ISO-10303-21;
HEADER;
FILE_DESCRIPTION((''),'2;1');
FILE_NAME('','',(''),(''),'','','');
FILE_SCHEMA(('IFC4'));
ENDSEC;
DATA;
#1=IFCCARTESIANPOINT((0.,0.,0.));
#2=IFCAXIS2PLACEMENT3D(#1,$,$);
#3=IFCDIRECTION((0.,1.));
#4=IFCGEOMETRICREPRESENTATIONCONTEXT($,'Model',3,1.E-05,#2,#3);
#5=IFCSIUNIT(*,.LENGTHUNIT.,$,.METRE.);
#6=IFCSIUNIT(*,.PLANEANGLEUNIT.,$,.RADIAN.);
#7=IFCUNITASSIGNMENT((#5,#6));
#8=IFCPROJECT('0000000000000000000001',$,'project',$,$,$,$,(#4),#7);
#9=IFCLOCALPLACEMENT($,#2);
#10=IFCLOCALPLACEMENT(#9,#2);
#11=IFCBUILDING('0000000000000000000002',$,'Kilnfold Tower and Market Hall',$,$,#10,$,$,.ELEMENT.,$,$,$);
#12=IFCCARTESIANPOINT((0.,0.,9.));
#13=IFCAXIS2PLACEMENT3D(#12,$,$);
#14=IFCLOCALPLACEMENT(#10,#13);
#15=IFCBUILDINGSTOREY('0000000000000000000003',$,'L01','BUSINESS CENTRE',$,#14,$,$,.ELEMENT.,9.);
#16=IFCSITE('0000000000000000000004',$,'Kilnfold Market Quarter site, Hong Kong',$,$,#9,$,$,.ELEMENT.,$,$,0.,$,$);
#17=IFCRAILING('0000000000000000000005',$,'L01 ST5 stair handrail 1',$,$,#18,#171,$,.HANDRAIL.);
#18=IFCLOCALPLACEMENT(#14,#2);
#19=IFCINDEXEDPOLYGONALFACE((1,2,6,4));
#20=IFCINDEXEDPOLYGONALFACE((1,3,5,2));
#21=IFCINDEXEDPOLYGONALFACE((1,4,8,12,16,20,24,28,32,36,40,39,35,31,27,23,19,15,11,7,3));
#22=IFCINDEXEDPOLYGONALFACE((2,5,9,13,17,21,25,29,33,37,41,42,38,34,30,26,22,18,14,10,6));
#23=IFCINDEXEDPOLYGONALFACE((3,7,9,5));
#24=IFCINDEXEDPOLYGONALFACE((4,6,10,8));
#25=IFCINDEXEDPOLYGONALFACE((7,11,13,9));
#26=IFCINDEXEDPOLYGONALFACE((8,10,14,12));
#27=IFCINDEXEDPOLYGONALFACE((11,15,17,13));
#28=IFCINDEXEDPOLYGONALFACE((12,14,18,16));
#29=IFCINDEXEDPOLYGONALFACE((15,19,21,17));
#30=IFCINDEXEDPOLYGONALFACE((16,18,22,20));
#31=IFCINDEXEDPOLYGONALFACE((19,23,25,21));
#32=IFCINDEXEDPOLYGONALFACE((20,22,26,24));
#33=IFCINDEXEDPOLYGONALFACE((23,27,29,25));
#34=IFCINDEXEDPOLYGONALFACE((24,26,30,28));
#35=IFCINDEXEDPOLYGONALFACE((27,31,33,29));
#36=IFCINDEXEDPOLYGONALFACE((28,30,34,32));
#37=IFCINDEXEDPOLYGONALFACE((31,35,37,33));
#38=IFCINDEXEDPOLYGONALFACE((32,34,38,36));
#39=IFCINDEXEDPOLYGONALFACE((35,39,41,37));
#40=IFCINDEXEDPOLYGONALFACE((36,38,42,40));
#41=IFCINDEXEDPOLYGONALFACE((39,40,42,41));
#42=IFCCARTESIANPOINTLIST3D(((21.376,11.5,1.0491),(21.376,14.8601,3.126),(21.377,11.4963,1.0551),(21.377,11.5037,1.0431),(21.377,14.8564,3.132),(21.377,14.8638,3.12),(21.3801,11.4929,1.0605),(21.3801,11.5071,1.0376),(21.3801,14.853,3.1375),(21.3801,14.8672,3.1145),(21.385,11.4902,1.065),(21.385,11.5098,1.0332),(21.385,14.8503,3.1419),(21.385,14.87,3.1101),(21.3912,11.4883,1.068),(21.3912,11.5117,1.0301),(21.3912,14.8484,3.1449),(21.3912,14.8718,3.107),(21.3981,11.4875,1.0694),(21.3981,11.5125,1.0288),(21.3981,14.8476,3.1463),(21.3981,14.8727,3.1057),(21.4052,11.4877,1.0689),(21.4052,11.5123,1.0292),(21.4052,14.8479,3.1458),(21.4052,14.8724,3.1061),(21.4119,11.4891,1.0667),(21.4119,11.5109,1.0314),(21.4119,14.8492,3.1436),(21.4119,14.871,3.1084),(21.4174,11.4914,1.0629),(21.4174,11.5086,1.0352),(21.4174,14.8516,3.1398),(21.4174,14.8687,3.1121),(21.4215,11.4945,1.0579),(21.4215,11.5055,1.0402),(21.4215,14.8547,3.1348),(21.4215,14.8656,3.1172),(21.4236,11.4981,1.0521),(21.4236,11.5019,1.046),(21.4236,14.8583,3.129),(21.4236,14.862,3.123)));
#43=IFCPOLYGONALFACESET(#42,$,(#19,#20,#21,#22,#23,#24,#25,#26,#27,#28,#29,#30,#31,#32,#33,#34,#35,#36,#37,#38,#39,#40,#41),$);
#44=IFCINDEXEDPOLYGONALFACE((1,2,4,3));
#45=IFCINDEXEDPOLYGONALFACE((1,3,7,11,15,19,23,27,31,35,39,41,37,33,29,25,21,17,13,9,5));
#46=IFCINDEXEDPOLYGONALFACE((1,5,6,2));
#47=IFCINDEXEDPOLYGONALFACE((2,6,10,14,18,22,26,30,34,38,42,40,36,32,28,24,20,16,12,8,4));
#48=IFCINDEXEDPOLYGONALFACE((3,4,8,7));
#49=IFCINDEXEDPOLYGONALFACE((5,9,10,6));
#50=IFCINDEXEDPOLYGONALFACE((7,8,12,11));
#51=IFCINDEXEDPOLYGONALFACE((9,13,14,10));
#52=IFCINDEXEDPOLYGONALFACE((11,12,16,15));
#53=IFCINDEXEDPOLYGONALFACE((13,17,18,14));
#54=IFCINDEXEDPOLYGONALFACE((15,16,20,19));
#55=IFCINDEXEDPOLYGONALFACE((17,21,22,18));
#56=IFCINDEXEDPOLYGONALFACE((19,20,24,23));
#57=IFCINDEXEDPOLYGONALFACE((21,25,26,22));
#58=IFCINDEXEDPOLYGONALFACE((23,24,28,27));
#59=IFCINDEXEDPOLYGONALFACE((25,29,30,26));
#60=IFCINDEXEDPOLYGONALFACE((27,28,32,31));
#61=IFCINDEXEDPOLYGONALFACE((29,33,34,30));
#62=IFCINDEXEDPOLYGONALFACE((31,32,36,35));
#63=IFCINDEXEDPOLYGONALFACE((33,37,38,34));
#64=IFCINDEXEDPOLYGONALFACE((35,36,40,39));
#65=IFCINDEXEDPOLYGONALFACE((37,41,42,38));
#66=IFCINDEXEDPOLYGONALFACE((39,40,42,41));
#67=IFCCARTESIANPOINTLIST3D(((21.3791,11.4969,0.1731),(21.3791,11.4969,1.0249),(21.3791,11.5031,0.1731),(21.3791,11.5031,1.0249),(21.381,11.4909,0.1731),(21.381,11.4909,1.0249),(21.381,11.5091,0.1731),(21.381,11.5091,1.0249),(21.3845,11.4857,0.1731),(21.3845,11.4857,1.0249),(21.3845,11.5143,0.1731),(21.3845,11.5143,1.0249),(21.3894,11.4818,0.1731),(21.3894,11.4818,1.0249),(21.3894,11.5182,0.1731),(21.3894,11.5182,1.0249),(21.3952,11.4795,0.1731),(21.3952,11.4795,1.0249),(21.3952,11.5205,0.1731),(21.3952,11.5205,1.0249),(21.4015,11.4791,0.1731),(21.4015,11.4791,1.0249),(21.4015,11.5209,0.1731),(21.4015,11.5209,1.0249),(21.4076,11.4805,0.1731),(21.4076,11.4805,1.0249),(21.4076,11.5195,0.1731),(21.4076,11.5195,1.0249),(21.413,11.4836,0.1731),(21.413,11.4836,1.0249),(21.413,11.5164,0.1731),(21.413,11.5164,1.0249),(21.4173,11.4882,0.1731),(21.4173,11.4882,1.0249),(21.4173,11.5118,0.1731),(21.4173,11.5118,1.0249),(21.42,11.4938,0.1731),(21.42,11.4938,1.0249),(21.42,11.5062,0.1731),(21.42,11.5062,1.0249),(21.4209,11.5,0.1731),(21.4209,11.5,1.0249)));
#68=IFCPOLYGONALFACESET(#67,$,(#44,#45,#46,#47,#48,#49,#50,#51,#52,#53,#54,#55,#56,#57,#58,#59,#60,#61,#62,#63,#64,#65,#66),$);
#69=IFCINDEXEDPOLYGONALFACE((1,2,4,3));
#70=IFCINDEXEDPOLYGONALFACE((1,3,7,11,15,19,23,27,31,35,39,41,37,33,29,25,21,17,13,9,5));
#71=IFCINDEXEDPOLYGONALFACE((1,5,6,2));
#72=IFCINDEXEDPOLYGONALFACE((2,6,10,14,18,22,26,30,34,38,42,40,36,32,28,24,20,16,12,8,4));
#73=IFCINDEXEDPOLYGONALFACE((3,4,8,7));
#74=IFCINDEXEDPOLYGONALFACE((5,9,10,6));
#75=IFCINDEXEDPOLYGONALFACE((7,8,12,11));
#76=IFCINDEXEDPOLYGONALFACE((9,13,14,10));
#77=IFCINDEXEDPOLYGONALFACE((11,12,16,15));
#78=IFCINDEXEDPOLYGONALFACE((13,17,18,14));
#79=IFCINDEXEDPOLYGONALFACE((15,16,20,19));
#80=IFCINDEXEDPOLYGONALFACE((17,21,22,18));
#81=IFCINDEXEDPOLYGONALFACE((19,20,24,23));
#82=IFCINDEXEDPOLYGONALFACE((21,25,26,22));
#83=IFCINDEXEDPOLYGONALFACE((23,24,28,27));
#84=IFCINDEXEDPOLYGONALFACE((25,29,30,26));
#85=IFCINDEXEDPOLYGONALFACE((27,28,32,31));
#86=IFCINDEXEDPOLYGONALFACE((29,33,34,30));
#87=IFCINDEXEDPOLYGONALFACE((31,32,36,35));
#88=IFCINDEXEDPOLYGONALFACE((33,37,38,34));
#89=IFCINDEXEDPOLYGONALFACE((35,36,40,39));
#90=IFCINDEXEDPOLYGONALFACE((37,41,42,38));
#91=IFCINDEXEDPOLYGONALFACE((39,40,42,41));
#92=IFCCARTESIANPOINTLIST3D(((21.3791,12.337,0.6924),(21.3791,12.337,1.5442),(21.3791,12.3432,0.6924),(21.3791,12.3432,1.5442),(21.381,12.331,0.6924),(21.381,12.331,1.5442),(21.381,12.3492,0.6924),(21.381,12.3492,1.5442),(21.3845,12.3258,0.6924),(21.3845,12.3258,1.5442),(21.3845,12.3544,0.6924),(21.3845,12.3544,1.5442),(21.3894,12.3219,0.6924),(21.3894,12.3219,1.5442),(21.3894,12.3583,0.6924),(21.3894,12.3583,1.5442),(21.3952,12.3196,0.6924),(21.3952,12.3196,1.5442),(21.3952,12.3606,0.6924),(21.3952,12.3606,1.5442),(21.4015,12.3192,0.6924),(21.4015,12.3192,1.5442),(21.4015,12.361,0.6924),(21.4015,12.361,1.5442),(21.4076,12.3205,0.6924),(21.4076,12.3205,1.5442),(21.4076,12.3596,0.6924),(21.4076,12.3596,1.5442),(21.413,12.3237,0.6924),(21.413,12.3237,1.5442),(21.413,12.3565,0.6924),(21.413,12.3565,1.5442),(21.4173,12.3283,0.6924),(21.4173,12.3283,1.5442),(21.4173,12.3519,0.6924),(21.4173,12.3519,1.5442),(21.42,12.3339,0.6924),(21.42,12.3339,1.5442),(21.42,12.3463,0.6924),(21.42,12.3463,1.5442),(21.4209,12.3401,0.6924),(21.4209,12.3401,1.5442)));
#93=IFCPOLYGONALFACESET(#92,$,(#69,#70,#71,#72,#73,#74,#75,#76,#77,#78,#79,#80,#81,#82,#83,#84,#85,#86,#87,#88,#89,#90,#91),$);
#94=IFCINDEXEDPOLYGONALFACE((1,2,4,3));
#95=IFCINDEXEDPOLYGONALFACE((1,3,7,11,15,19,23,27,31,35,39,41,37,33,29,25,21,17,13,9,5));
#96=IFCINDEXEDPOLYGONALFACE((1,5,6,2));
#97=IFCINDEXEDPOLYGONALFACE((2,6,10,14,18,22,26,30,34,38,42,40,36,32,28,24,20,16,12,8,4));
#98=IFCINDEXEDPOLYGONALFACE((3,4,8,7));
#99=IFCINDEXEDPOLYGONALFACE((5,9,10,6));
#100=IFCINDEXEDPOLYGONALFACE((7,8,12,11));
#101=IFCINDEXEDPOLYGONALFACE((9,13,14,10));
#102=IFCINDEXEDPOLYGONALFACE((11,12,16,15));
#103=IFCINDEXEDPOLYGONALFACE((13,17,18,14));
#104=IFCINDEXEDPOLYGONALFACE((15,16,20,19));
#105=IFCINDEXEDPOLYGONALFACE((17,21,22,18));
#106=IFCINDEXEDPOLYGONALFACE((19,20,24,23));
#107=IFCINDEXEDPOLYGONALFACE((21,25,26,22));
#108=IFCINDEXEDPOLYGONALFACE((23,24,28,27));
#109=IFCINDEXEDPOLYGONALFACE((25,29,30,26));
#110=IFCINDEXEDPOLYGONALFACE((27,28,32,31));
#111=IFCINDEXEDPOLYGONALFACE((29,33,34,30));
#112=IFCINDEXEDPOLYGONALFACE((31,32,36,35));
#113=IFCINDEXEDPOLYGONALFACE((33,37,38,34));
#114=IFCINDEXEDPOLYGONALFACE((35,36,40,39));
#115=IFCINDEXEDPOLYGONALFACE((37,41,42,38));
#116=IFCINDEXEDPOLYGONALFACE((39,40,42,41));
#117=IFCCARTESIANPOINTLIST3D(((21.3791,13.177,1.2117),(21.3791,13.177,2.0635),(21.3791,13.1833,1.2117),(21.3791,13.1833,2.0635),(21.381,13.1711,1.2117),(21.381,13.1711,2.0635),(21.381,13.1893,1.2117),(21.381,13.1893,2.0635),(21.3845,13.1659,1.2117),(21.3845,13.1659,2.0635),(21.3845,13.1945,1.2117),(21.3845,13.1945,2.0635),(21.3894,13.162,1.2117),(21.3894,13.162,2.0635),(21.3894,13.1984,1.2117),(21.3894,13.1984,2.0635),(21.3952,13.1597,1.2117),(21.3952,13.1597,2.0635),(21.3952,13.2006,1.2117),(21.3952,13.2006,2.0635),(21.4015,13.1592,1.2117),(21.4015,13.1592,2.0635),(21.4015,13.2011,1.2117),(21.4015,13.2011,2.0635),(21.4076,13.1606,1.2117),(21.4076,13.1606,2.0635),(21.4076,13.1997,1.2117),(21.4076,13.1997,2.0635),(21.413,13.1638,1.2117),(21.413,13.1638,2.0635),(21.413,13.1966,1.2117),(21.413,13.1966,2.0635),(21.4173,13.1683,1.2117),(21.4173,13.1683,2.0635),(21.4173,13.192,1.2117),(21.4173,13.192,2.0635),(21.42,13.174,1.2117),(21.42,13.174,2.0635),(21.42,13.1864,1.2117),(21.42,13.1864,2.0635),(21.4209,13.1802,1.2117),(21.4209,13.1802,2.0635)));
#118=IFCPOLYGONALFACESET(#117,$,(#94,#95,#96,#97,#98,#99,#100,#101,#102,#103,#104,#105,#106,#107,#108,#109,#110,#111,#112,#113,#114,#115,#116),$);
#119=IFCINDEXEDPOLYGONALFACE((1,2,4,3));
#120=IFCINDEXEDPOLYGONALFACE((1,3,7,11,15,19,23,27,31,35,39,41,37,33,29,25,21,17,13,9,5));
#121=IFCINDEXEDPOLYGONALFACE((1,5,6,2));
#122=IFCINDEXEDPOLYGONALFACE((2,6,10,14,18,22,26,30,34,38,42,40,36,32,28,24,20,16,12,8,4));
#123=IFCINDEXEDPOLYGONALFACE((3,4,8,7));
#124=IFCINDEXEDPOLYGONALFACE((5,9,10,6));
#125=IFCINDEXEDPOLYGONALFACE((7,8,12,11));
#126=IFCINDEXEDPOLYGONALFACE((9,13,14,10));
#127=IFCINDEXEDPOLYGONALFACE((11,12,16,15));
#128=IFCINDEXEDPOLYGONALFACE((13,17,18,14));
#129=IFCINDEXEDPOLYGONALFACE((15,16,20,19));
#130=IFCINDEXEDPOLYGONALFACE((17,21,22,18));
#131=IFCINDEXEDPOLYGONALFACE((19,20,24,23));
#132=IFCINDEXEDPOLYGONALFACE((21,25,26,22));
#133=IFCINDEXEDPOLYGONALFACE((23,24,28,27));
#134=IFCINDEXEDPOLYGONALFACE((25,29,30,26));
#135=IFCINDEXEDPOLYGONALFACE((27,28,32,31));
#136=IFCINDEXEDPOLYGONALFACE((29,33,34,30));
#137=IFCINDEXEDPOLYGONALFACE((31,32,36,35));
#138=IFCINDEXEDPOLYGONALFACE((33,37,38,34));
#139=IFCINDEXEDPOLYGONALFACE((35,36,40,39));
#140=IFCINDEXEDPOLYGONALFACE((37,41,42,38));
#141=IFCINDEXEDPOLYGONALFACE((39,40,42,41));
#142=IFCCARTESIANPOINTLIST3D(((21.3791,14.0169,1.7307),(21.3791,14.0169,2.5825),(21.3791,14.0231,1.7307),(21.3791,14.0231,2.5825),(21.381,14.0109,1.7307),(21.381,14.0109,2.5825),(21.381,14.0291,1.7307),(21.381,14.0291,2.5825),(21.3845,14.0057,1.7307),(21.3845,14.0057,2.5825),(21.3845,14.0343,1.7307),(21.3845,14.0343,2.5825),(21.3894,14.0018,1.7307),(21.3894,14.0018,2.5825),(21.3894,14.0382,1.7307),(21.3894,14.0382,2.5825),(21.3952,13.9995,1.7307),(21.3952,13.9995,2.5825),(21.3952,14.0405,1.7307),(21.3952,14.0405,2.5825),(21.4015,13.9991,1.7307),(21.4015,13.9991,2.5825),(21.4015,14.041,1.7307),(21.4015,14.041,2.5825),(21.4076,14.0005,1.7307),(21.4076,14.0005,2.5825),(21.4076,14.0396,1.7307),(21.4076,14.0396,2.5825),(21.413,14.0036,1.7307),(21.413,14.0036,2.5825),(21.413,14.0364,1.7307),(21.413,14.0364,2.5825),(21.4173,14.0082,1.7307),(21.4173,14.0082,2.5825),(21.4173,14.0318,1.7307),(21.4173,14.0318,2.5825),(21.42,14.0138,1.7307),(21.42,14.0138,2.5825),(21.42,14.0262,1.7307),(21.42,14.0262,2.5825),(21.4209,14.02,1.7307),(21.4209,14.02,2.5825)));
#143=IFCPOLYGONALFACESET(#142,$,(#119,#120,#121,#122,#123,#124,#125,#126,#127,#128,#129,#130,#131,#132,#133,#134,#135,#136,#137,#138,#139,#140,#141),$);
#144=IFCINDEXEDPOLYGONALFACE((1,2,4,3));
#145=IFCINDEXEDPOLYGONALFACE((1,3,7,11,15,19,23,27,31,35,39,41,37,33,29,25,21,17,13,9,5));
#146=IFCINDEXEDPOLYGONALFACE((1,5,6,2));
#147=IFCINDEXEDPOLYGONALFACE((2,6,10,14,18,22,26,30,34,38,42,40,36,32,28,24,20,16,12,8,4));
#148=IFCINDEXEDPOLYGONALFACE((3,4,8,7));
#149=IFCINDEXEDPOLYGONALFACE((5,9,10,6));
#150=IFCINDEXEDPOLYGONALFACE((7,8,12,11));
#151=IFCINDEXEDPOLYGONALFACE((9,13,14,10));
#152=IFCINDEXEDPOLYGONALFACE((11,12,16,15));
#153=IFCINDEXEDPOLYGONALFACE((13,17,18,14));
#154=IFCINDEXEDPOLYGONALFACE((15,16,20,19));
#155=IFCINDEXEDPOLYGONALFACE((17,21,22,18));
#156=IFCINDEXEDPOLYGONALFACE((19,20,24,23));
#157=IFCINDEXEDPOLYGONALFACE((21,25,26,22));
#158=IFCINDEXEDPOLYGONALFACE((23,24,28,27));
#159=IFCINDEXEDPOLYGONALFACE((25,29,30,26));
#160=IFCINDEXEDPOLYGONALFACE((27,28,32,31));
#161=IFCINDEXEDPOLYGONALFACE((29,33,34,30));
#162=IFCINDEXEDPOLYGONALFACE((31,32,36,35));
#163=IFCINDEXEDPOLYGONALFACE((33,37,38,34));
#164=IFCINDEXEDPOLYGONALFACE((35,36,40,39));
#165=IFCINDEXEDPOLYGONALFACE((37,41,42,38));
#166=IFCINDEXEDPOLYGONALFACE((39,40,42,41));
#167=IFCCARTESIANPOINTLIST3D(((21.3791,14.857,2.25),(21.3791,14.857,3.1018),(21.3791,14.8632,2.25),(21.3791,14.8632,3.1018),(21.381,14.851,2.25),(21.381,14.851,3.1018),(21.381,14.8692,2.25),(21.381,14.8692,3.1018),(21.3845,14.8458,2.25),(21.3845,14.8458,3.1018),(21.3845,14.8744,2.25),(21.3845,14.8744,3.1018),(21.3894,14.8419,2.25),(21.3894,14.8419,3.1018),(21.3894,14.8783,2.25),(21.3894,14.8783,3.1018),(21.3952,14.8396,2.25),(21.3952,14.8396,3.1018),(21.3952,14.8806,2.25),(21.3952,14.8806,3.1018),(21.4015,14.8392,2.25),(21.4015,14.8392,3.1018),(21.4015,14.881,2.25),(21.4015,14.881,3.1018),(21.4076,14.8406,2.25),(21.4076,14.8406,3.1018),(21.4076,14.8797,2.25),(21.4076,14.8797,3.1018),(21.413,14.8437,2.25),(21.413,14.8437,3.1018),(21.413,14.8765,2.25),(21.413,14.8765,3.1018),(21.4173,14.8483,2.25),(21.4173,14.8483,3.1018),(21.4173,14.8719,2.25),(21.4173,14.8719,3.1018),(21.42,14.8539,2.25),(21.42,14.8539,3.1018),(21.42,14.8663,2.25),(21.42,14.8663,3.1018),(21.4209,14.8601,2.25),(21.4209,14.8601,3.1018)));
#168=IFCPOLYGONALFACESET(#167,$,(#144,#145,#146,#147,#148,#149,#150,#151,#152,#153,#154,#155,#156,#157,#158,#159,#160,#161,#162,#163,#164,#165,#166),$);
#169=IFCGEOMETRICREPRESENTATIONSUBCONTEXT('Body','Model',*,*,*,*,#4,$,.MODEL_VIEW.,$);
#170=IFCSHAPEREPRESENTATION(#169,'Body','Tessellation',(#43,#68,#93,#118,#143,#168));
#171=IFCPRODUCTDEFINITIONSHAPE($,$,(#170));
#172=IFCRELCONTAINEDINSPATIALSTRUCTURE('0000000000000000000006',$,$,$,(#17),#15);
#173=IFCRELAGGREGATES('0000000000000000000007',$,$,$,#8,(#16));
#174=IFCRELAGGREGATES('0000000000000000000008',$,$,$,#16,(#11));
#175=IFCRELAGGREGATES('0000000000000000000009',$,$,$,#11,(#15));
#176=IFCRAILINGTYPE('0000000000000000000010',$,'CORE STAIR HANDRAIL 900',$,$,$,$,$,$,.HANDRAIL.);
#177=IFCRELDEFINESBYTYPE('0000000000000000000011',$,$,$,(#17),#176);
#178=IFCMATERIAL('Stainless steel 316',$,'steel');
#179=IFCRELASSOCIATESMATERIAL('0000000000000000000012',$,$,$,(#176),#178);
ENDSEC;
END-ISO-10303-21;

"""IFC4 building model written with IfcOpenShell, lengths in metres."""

from ifc_helpers import new_model, si_unit, direction, frame, origin, origin_2d, place, context, subcontext, project, spatial, circle, extrude, material, type_object, element, save


model = new_model("IFC4")

# Units and contexts
model_context = context("Model", 3, precision=1e-05, world=origin(), true_north=direction((0.0, 1.0)))
body_context = subcontext(model_context, "Body", "Model", "MODEL_VIEW")
ifc_project = project(units=[si_unit("LENGTHUNIT", "METRE"), si_unit("PLANEANGLEUNIT", "RADIAN")], contexts=[model_context])

# Site, building, storey
site_placement = place(None, origin())
site = spatial("IfcSite", under=ifc_project, at=site_placement, Name="Kilnfold Market Quarter site, Hong Kong", CompositionType="ELEMENT", RefElevation=0.0)
building_placement = place(site_placement, origin())
building = spatial("IfcBuilding", under=site, at=building_placement, Name="Kilnfold Tower and Market Hall", CompositionType="ELEMENT")
storey_placement = place(building_placement, frame((0.0, 0.0, 9.0)))
storey = spatial("IfcBuildingStorey", under=building, at=storey_placement, Name="L01", Description="BUSINESS CENTRE", CompositionType="ELEMENT", Elevation=9.0)

# Railing
ifc_material_1 = material(Name="Stainless steel 316", Category="steel")
railing_type_1 = type_object("IfcRailingType", Name="CORE STAIR HANDRAIL 900", PredefinedType="HANDRAIL", material=ifc_material_1)
railing_1_placement = place(storey_placement, frame((21.3999, 11.5, 0.1731)))
element("IfcRailing", 1, at=railing_1_placement, inside=storey, type_object=railing_type_1, Name="L01 ST5 stair handrail 1", PredefinedType="HANDRAIL", context=body_context, shape_type="SweptSolid", body=[
    extrude(circle(Radius=0.0239, at=origin_2d()), frame((0.0, 0.0, 0.876), z_axis=(0.0, 0.850623, 0.525776), x_axis=(-1.0, 0.0, 0.0)), (0.0, 0.0, 1.0), 3.9502),
    extrude(circle(Radius=0.021, at=origin_2d()), origin(), (0.0, 0.0, 1.0), 0.8518),
    extrude(circle(Radius=0.021, at=origin_2d()), frame((0.0, 0.8401, 0.5193)), (0.0, 0.0, 1.0), 0.8518),
    extrude(circle(Radius=0.021, at=origin_2d()), frame((0.0, 1.6802, 1.0386)), (0.0, 0.0, 1.0), 0.8518),
    extrude(circle(Radius=0.021, at=origin_2d()), frame((0.0, 2.52, 1.5576)), (0.0, 0.0, 1.0), 0.8518),
    extrude(circle(Radius=0.021, at=origin_2d()), frame((0.0, 3.3601, 2.0769)), (0.0, 0.0, 1.0), 0.8518),
])

save(model, "model.ifc")
